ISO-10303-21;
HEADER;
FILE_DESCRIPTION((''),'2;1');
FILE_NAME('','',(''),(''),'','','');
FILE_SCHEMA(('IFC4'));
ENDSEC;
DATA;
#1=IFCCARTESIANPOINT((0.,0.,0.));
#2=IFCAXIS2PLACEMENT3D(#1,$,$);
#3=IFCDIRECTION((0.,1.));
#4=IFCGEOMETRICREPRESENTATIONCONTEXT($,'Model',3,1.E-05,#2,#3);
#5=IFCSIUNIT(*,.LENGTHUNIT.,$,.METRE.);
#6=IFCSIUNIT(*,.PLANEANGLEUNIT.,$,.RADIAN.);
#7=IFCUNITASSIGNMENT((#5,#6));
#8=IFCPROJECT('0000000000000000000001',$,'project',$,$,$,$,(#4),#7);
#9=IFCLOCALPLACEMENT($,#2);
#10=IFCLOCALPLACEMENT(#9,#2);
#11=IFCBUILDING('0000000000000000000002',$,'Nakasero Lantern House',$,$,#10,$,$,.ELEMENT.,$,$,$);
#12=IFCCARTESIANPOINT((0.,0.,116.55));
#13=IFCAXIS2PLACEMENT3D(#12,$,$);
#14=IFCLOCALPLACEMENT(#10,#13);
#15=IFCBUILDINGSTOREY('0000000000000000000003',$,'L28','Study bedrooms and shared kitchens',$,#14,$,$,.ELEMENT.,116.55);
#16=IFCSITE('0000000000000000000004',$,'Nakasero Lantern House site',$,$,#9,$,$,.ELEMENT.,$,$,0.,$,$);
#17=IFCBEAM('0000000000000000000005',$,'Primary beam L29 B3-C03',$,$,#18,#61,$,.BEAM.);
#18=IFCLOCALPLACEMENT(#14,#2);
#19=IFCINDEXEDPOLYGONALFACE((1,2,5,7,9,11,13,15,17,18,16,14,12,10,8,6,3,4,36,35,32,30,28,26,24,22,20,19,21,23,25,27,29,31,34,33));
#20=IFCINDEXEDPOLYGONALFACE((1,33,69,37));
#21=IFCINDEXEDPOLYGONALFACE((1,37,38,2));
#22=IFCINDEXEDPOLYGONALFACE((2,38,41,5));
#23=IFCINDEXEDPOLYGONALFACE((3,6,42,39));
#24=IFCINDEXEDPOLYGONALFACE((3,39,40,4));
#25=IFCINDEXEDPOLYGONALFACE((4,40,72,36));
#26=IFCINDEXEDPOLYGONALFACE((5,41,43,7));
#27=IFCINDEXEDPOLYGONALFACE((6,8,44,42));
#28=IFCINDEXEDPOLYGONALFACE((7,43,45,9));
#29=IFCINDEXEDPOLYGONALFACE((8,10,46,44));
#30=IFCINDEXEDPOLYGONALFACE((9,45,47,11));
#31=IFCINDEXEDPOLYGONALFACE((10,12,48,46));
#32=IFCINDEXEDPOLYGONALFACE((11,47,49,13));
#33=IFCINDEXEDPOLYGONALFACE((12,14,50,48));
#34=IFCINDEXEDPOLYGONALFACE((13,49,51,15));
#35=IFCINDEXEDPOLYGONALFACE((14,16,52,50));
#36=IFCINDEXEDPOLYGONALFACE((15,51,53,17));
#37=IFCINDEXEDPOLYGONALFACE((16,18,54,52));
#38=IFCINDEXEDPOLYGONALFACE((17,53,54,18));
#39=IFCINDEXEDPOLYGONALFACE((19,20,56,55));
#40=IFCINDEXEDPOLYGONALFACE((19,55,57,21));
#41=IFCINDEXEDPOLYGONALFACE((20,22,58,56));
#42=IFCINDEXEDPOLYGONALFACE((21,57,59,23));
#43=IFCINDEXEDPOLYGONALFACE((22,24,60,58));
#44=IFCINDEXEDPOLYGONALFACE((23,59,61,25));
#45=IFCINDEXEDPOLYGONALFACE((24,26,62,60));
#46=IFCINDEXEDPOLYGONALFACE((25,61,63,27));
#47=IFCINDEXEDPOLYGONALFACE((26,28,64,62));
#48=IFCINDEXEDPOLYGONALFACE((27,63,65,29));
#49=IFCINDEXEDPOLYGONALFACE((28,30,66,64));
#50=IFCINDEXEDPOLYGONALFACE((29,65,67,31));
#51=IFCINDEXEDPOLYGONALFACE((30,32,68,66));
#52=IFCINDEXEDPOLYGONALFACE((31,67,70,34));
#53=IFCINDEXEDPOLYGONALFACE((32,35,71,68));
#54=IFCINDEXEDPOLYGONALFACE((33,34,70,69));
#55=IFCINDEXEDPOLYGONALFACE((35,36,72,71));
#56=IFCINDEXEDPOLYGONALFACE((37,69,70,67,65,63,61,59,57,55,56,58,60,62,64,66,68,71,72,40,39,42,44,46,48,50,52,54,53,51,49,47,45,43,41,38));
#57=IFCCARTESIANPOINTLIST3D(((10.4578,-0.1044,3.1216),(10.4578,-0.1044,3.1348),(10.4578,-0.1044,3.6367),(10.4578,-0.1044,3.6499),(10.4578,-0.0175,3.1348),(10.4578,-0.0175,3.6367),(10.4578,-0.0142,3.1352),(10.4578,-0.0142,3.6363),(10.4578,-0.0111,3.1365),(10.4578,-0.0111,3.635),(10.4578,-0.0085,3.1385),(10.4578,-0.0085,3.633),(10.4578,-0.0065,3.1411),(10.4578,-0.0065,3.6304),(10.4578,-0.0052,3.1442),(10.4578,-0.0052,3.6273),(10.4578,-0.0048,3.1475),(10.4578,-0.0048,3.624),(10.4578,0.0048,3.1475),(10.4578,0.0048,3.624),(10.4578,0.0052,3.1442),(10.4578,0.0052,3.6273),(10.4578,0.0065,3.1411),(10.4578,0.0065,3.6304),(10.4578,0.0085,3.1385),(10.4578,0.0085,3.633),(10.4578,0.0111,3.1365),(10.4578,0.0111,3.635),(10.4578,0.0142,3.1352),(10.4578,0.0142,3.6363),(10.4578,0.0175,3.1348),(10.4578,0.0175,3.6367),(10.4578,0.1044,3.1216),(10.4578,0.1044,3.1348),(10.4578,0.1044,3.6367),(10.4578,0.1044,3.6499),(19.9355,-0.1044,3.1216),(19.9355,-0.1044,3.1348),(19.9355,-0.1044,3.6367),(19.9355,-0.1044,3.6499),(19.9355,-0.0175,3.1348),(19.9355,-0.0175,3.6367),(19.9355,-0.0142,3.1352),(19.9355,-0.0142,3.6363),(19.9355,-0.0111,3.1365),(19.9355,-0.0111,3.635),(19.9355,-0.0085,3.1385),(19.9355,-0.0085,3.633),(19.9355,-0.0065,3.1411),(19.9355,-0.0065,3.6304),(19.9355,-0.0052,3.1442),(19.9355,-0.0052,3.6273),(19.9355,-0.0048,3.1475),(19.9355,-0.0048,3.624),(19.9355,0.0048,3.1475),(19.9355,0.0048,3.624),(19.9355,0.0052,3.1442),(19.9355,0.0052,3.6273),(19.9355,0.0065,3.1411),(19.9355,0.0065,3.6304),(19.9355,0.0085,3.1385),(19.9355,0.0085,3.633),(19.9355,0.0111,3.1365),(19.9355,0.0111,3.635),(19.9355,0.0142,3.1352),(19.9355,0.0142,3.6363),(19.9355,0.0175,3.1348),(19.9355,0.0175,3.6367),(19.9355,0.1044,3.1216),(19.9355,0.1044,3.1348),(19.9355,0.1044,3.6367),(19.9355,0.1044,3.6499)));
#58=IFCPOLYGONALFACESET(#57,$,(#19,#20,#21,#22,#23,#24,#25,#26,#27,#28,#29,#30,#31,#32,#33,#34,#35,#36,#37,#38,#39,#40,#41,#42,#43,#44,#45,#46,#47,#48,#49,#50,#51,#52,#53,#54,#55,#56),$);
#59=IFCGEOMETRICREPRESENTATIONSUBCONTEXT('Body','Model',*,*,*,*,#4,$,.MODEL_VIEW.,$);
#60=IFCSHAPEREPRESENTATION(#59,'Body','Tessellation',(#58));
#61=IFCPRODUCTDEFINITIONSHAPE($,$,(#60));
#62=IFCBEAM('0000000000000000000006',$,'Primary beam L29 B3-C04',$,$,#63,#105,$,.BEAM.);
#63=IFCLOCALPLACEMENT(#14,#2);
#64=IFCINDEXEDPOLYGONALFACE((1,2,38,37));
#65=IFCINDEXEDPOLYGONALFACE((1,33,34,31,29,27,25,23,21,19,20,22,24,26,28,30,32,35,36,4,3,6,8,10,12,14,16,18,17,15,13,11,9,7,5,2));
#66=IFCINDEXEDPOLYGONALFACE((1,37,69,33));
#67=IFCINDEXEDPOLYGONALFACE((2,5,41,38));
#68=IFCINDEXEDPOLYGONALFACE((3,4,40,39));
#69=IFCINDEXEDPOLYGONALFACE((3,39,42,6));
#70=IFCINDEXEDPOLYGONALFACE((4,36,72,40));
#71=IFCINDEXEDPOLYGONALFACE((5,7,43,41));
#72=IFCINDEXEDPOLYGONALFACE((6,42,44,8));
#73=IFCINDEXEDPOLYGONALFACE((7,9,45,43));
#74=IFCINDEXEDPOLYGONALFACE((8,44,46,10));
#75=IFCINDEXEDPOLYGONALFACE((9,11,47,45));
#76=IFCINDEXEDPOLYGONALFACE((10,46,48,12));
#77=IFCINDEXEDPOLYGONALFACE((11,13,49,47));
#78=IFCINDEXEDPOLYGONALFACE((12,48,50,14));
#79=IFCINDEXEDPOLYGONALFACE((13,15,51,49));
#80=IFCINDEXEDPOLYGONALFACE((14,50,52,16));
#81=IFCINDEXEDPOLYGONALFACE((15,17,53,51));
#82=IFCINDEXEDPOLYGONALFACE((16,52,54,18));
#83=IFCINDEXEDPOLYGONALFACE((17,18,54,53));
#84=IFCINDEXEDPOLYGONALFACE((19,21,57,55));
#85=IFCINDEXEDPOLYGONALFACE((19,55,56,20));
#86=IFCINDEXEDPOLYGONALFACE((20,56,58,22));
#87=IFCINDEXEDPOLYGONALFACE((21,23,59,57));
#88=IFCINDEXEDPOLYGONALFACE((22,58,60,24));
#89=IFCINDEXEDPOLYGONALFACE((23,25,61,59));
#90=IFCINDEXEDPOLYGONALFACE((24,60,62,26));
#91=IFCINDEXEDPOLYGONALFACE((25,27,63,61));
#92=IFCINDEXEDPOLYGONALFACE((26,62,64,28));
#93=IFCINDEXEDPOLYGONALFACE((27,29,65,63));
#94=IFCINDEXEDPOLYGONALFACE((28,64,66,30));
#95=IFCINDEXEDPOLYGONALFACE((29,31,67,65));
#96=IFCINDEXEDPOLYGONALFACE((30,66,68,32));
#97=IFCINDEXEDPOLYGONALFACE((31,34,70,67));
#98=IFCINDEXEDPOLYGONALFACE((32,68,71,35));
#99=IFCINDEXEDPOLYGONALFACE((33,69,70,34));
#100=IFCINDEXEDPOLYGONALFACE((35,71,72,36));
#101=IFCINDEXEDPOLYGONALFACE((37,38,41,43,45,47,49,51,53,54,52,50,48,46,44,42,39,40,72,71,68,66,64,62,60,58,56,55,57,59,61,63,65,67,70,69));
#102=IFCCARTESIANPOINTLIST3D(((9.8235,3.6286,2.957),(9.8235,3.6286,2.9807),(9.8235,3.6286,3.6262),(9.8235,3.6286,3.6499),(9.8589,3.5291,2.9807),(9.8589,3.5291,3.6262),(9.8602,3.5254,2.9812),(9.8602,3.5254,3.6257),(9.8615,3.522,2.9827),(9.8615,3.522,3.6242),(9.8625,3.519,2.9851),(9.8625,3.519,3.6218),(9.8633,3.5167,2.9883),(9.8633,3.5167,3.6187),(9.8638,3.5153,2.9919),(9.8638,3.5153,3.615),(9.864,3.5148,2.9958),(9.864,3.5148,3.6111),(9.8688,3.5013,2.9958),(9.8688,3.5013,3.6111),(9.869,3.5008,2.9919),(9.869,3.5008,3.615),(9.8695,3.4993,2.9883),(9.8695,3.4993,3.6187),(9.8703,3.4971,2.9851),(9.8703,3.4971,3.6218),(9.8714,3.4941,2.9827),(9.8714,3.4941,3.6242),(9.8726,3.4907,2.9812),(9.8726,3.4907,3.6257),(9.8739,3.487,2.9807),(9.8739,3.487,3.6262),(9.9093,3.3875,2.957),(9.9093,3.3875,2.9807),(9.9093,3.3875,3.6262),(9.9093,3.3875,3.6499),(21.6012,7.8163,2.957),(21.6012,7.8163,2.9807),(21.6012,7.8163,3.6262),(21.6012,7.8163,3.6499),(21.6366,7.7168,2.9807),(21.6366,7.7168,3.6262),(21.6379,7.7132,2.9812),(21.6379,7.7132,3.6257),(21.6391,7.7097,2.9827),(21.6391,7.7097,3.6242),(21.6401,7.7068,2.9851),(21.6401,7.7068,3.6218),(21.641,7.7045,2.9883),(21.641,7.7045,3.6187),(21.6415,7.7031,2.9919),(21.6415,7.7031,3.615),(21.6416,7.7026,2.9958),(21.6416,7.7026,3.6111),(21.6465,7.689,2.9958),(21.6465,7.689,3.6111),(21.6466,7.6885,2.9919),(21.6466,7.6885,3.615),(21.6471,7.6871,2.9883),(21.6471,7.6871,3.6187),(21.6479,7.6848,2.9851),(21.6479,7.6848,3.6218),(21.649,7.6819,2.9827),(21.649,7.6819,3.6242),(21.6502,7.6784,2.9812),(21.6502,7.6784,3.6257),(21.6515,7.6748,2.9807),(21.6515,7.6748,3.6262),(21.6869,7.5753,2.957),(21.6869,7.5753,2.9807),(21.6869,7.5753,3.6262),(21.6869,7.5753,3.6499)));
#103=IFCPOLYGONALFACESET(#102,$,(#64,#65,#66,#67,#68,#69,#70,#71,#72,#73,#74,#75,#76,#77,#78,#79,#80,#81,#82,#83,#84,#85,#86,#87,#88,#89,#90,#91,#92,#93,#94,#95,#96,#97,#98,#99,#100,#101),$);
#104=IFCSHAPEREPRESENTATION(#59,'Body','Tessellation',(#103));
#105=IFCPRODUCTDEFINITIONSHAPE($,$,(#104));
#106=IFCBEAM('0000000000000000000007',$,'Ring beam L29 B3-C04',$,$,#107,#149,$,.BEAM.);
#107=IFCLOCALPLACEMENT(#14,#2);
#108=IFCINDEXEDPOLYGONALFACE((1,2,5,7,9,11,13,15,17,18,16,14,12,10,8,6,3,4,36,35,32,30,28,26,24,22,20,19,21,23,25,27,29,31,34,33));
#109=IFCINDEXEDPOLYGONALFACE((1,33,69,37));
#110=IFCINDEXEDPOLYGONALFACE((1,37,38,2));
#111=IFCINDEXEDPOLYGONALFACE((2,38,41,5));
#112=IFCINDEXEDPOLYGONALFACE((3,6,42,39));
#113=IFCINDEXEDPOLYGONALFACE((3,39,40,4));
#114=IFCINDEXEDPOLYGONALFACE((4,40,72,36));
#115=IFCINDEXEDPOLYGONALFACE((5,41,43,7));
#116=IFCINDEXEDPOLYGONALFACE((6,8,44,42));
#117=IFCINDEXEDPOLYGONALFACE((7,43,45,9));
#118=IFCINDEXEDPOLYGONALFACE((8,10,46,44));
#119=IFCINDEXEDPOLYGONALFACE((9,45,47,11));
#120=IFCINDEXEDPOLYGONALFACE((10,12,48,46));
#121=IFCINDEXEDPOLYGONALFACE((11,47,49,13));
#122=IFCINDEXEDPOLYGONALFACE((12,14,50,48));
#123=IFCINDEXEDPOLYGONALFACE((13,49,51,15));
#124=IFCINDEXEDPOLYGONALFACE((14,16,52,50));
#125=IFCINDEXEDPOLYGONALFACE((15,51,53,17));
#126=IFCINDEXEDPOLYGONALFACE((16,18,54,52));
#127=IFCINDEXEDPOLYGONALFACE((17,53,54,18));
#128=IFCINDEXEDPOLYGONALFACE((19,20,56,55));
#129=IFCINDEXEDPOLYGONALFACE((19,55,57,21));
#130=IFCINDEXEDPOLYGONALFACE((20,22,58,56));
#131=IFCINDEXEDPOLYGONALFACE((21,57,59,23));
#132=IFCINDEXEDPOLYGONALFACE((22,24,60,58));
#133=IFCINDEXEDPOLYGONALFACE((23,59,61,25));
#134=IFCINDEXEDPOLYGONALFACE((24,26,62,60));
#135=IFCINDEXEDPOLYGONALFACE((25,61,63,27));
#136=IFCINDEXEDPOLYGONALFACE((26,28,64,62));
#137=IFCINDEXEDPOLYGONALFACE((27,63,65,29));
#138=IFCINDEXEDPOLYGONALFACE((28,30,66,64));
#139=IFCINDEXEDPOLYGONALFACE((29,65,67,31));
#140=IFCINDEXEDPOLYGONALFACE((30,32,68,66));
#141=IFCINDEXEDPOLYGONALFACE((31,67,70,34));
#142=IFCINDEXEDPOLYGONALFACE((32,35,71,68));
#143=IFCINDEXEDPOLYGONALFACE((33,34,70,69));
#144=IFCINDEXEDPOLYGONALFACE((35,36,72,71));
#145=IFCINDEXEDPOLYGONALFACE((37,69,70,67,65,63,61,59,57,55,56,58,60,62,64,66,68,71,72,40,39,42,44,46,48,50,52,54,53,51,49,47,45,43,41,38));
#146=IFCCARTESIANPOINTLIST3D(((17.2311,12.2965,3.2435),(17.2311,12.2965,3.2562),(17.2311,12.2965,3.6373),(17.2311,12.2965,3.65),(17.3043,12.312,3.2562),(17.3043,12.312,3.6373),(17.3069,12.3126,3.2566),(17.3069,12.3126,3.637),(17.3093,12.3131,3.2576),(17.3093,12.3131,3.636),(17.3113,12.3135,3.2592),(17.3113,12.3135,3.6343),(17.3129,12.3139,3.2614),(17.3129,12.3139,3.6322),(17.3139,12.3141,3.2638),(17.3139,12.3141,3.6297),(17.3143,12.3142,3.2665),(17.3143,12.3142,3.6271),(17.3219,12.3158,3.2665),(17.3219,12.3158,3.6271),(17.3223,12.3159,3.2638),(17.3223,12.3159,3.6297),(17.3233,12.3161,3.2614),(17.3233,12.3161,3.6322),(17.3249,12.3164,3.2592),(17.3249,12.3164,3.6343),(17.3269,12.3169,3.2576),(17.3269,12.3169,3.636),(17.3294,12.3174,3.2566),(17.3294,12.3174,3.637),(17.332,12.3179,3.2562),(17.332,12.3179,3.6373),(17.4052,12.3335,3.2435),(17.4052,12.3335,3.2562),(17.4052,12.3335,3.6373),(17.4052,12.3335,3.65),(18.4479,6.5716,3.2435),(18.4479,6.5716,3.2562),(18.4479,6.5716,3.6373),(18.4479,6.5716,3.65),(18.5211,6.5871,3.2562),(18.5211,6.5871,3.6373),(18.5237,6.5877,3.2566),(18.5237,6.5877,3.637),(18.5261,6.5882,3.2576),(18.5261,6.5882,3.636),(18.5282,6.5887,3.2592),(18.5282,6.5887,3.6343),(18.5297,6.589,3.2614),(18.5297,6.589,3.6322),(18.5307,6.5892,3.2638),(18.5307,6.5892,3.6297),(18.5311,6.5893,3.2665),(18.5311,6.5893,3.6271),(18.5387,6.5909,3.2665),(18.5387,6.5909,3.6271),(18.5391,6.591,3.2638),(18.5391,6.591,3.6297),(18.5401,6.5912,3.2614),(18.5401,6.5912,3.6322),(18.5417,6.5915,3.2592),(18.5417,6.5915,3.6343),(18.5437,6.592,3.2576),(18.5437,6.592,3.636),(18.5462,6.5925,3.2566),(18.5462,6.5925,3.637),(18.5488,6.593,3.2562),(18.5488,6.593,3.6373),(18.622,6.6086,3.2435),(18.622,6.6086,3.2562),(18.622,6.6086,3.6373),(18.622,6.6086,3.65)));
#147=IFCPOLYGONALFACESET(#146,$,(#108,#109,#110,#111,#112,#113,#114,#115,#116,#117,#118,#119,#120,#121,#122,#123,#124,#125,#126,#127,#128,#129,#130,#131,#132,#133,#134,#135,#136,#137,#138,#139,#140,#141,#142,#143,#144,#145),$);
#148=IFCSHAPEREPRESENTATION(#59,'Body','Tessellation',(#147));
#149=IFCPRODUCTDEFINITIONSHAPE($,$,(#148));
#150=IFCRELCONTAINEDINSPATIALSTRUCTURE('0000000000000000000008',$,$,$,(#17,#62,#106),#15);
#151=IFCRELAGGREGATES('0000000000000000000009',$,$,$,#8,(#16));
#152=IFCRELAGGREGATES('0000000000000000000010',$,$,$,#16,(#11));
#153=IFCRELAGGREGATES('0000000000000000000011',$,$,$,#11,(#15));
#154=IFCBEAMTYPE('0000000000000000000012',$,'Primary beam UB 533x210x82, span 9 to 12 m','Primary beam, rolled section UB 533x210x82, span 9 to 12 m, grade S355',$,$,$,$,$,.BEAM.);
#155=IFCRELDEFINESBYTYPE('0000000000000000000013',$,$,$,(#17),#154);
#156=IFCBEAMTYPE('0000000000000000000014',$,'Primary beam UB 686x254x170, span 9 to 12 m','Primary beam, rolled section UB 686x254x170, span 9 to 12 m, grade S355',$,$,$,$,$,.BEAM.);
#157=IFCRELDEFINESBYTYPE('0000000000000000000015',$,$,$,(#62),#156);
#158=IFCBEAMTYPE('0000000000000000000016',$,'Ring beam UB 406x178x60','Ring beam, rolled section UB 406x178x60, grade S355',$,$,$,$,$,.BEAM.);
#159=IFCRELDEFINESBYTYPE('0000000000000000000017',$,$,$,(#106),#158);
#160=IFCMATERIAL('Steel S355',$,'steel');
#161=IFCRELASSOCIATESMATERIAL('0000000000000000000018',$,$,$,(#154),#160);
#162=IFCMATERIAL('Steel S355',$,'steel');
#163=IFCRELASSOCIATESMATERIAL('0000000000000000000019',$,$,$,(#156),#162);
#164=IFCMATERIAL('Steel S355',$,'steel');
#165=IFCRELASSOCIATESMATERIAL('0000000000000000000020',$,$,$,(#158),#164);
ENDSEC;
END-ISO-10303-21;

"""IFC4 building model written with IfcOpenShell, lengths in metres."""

from ifc_helpers import new_model, si_unit, direction, frame, origin, origin_2d, place, context, subcontext, project, spatial, i_section, extrude, material, material_profile, profile_set, type_object, element, save


model = new_model("IFC4")

# Units and contexts
model_context = context("Model", 3, precision=1e-05, world=origin(), true_north=direction((0.0, 1.0)))
body_context = subcontext(model_context, "Body", "Model", "MODEL_VIEW")
ifc_project = project(units=[si_unit("LENGTHUNIT", "METRE"), si_unit("PLANEANGLEUNIT", "RADIAN")], contexts=[model_context])

# Site, building, storey
site_placement = place(None, origin())
site = spatial("IfcSite", under=ifc_project, at=site_placement, Name="Nakasero Lantern House site", CompositionType="ELEMENT", RefElevation=0.0)
building_placement = place(site_placement, origin())
building = spatial("IfcBuilding", under=site, at=building_placement, Name="Nakasero Lantern House", CompositionType="ELEMENT")
storey_placement = place(building_placement, frame((0.0, 0.0, 116.55)))
storey = spatial("IfcBuildingStorey", under=building, at=storey_placement, Name="L28", Description="Study bedrooms and shared kitchens", CompositionType="ELEMENT", Elevation=116.55)

# Beams
ifc_material_1 = material(Name="Steel S355", Category="steel")
ifc_material_profile_1 = material_profile(ifc_material_1, i_section(OverallWidth=0.2087, OverallDepth=0.5283, WebThickness=0.0095, FlangeThickness=0.0132, FilletRadius=0.0127, at=origin_2d()), Name="UB 533x210x82")
ifc_profile_set_1 = profile_set([ifc_material_profile_1], Name="Steel S355")
beam_type_1 = type_object("IfcBeamType", Name="Primary beam UB 533x210x82, span 9 to 12 m", Description="Primary beam, rolled section UB 533x210x82, span 9 to 12 m, grade S355", PredefinedType="BEAM", material=ifc_profile_set_1)
beam_1_placement = place(storey_placement, frame((19.9355, 0.0, 3.3857), z_axis=(-1.0, 0.0, 0.0), x_axis=(0.0, -1.0, 0.0)))
element("IfcBeam", 1, at=beam_1_placement, inside=storey, type_object=beam_type_1, Name="Primary beam L29 B3-C03", PredefinedType="BEAM", context=body_context, shape_type="SweptSolid", body=[
    extrude(i_section(OverallWidth=0.2087, OverallDepth=0.5283, WebThickness=0.0095, FlangeThickness=0.0132, FilletRadius=0.0127, at=origin_2d()), origin(), (0.0, 0.0, 1.0), 9.4778),
])
ifc_material_2 = material(Name="Steel S355", Category="steel")
ifc_material_profile_2 = material_profile(ifc_material_2, i_section(OverallWidth=0.2559, OverallDepth=0.6929, WebThickness=0.0144, FlangeThickness=0.0237, FilletRadius=0.0151, at=origin_2d()), Name="UB 686x254x170")
ifc_profile_set_2 = profile_set([ifc_material_profile_2], Name="Steel S355")
beam_type_2 = type_object("IfcBeamType", Name="Primary beam UB 686x254x170, span 9 to 12 m", Description="Primary beam, rolled section UB 686x254x170, span 9 to 12 m, grade S355", PredefinedType="BEAM", material=ifc_profile_set_2)
beam_2_placement = place(storey_placement, frame((21.644, 7.6958, 3.3035), z_axis=(-0.942211, -0.335021, 0.0), x_axis=(0.335021, -0.942211, 0.0)))
element("IfcBeam", 2, at=beam_2_placement, inside=storey, type_object=beam_type_2, Name="Primary beam L29 B3-C04", PredefinedType="BEAM", context=body_context, shape_type="SweptSolid", body=[
    extrude(i_section(OverallWidth=0.2559, OverallDepth=0.6929, WebThickness=0.0144, FlangeThickness=0.0237, FilletRadius=0.0151, at=origin_2d()), origin(), (0.0, 0.0, 1.0), 12.5),
])
ifc_material_3 = material(Name="Steel S355", Category="steel")
ifc_material_profile_3 = material_profile(ifc_material_3, i_section(OverallWidth=0.178, OverallDepth=0.4065, WebThickness=0.0078, FlangeThickness=0.0127, FilletRadius=0.0103, at=origin_2d()), Name="UB 406x178x60")
ifc_profile_set_3 = profile_set([ifc_material_profile_3], Name="Steel S355")
beam_type_3 = type_object("IfcBeamType", Name="Ring beam UB 406x178x60", Description="Ring beam, rolled section UB 406x178x60, grade S355", PredefinedType="BEAM", material=ifc_profile_set_3)
beam_3_placement = place(storey_placement, frame((18.5349, 6.5901, 3.4468), z_axis=(-0.207902, 0.97815, 0.0), x_axis=(-0.97815, -0.207902, 0.0)))
element("IfcBeam", 3, at=beam_3_placement, inside=storey, type_object=beam_type_3, Name="Ring beam L29 B3-C04", PredefinedType="BEAM", context=body_context, shape_type="SweptSolid", body=[
    extrude(i_section(OverallWidth=0.178, OverallDepth=0.4065, WebThickness=0.0078, FlangeThickness=0.0127, FilletRadius=0.0103, at=origin_2d()), origin(), (0.0, 0.0, 1.0), 5.8528),
])

save(model, "model.ifc")
